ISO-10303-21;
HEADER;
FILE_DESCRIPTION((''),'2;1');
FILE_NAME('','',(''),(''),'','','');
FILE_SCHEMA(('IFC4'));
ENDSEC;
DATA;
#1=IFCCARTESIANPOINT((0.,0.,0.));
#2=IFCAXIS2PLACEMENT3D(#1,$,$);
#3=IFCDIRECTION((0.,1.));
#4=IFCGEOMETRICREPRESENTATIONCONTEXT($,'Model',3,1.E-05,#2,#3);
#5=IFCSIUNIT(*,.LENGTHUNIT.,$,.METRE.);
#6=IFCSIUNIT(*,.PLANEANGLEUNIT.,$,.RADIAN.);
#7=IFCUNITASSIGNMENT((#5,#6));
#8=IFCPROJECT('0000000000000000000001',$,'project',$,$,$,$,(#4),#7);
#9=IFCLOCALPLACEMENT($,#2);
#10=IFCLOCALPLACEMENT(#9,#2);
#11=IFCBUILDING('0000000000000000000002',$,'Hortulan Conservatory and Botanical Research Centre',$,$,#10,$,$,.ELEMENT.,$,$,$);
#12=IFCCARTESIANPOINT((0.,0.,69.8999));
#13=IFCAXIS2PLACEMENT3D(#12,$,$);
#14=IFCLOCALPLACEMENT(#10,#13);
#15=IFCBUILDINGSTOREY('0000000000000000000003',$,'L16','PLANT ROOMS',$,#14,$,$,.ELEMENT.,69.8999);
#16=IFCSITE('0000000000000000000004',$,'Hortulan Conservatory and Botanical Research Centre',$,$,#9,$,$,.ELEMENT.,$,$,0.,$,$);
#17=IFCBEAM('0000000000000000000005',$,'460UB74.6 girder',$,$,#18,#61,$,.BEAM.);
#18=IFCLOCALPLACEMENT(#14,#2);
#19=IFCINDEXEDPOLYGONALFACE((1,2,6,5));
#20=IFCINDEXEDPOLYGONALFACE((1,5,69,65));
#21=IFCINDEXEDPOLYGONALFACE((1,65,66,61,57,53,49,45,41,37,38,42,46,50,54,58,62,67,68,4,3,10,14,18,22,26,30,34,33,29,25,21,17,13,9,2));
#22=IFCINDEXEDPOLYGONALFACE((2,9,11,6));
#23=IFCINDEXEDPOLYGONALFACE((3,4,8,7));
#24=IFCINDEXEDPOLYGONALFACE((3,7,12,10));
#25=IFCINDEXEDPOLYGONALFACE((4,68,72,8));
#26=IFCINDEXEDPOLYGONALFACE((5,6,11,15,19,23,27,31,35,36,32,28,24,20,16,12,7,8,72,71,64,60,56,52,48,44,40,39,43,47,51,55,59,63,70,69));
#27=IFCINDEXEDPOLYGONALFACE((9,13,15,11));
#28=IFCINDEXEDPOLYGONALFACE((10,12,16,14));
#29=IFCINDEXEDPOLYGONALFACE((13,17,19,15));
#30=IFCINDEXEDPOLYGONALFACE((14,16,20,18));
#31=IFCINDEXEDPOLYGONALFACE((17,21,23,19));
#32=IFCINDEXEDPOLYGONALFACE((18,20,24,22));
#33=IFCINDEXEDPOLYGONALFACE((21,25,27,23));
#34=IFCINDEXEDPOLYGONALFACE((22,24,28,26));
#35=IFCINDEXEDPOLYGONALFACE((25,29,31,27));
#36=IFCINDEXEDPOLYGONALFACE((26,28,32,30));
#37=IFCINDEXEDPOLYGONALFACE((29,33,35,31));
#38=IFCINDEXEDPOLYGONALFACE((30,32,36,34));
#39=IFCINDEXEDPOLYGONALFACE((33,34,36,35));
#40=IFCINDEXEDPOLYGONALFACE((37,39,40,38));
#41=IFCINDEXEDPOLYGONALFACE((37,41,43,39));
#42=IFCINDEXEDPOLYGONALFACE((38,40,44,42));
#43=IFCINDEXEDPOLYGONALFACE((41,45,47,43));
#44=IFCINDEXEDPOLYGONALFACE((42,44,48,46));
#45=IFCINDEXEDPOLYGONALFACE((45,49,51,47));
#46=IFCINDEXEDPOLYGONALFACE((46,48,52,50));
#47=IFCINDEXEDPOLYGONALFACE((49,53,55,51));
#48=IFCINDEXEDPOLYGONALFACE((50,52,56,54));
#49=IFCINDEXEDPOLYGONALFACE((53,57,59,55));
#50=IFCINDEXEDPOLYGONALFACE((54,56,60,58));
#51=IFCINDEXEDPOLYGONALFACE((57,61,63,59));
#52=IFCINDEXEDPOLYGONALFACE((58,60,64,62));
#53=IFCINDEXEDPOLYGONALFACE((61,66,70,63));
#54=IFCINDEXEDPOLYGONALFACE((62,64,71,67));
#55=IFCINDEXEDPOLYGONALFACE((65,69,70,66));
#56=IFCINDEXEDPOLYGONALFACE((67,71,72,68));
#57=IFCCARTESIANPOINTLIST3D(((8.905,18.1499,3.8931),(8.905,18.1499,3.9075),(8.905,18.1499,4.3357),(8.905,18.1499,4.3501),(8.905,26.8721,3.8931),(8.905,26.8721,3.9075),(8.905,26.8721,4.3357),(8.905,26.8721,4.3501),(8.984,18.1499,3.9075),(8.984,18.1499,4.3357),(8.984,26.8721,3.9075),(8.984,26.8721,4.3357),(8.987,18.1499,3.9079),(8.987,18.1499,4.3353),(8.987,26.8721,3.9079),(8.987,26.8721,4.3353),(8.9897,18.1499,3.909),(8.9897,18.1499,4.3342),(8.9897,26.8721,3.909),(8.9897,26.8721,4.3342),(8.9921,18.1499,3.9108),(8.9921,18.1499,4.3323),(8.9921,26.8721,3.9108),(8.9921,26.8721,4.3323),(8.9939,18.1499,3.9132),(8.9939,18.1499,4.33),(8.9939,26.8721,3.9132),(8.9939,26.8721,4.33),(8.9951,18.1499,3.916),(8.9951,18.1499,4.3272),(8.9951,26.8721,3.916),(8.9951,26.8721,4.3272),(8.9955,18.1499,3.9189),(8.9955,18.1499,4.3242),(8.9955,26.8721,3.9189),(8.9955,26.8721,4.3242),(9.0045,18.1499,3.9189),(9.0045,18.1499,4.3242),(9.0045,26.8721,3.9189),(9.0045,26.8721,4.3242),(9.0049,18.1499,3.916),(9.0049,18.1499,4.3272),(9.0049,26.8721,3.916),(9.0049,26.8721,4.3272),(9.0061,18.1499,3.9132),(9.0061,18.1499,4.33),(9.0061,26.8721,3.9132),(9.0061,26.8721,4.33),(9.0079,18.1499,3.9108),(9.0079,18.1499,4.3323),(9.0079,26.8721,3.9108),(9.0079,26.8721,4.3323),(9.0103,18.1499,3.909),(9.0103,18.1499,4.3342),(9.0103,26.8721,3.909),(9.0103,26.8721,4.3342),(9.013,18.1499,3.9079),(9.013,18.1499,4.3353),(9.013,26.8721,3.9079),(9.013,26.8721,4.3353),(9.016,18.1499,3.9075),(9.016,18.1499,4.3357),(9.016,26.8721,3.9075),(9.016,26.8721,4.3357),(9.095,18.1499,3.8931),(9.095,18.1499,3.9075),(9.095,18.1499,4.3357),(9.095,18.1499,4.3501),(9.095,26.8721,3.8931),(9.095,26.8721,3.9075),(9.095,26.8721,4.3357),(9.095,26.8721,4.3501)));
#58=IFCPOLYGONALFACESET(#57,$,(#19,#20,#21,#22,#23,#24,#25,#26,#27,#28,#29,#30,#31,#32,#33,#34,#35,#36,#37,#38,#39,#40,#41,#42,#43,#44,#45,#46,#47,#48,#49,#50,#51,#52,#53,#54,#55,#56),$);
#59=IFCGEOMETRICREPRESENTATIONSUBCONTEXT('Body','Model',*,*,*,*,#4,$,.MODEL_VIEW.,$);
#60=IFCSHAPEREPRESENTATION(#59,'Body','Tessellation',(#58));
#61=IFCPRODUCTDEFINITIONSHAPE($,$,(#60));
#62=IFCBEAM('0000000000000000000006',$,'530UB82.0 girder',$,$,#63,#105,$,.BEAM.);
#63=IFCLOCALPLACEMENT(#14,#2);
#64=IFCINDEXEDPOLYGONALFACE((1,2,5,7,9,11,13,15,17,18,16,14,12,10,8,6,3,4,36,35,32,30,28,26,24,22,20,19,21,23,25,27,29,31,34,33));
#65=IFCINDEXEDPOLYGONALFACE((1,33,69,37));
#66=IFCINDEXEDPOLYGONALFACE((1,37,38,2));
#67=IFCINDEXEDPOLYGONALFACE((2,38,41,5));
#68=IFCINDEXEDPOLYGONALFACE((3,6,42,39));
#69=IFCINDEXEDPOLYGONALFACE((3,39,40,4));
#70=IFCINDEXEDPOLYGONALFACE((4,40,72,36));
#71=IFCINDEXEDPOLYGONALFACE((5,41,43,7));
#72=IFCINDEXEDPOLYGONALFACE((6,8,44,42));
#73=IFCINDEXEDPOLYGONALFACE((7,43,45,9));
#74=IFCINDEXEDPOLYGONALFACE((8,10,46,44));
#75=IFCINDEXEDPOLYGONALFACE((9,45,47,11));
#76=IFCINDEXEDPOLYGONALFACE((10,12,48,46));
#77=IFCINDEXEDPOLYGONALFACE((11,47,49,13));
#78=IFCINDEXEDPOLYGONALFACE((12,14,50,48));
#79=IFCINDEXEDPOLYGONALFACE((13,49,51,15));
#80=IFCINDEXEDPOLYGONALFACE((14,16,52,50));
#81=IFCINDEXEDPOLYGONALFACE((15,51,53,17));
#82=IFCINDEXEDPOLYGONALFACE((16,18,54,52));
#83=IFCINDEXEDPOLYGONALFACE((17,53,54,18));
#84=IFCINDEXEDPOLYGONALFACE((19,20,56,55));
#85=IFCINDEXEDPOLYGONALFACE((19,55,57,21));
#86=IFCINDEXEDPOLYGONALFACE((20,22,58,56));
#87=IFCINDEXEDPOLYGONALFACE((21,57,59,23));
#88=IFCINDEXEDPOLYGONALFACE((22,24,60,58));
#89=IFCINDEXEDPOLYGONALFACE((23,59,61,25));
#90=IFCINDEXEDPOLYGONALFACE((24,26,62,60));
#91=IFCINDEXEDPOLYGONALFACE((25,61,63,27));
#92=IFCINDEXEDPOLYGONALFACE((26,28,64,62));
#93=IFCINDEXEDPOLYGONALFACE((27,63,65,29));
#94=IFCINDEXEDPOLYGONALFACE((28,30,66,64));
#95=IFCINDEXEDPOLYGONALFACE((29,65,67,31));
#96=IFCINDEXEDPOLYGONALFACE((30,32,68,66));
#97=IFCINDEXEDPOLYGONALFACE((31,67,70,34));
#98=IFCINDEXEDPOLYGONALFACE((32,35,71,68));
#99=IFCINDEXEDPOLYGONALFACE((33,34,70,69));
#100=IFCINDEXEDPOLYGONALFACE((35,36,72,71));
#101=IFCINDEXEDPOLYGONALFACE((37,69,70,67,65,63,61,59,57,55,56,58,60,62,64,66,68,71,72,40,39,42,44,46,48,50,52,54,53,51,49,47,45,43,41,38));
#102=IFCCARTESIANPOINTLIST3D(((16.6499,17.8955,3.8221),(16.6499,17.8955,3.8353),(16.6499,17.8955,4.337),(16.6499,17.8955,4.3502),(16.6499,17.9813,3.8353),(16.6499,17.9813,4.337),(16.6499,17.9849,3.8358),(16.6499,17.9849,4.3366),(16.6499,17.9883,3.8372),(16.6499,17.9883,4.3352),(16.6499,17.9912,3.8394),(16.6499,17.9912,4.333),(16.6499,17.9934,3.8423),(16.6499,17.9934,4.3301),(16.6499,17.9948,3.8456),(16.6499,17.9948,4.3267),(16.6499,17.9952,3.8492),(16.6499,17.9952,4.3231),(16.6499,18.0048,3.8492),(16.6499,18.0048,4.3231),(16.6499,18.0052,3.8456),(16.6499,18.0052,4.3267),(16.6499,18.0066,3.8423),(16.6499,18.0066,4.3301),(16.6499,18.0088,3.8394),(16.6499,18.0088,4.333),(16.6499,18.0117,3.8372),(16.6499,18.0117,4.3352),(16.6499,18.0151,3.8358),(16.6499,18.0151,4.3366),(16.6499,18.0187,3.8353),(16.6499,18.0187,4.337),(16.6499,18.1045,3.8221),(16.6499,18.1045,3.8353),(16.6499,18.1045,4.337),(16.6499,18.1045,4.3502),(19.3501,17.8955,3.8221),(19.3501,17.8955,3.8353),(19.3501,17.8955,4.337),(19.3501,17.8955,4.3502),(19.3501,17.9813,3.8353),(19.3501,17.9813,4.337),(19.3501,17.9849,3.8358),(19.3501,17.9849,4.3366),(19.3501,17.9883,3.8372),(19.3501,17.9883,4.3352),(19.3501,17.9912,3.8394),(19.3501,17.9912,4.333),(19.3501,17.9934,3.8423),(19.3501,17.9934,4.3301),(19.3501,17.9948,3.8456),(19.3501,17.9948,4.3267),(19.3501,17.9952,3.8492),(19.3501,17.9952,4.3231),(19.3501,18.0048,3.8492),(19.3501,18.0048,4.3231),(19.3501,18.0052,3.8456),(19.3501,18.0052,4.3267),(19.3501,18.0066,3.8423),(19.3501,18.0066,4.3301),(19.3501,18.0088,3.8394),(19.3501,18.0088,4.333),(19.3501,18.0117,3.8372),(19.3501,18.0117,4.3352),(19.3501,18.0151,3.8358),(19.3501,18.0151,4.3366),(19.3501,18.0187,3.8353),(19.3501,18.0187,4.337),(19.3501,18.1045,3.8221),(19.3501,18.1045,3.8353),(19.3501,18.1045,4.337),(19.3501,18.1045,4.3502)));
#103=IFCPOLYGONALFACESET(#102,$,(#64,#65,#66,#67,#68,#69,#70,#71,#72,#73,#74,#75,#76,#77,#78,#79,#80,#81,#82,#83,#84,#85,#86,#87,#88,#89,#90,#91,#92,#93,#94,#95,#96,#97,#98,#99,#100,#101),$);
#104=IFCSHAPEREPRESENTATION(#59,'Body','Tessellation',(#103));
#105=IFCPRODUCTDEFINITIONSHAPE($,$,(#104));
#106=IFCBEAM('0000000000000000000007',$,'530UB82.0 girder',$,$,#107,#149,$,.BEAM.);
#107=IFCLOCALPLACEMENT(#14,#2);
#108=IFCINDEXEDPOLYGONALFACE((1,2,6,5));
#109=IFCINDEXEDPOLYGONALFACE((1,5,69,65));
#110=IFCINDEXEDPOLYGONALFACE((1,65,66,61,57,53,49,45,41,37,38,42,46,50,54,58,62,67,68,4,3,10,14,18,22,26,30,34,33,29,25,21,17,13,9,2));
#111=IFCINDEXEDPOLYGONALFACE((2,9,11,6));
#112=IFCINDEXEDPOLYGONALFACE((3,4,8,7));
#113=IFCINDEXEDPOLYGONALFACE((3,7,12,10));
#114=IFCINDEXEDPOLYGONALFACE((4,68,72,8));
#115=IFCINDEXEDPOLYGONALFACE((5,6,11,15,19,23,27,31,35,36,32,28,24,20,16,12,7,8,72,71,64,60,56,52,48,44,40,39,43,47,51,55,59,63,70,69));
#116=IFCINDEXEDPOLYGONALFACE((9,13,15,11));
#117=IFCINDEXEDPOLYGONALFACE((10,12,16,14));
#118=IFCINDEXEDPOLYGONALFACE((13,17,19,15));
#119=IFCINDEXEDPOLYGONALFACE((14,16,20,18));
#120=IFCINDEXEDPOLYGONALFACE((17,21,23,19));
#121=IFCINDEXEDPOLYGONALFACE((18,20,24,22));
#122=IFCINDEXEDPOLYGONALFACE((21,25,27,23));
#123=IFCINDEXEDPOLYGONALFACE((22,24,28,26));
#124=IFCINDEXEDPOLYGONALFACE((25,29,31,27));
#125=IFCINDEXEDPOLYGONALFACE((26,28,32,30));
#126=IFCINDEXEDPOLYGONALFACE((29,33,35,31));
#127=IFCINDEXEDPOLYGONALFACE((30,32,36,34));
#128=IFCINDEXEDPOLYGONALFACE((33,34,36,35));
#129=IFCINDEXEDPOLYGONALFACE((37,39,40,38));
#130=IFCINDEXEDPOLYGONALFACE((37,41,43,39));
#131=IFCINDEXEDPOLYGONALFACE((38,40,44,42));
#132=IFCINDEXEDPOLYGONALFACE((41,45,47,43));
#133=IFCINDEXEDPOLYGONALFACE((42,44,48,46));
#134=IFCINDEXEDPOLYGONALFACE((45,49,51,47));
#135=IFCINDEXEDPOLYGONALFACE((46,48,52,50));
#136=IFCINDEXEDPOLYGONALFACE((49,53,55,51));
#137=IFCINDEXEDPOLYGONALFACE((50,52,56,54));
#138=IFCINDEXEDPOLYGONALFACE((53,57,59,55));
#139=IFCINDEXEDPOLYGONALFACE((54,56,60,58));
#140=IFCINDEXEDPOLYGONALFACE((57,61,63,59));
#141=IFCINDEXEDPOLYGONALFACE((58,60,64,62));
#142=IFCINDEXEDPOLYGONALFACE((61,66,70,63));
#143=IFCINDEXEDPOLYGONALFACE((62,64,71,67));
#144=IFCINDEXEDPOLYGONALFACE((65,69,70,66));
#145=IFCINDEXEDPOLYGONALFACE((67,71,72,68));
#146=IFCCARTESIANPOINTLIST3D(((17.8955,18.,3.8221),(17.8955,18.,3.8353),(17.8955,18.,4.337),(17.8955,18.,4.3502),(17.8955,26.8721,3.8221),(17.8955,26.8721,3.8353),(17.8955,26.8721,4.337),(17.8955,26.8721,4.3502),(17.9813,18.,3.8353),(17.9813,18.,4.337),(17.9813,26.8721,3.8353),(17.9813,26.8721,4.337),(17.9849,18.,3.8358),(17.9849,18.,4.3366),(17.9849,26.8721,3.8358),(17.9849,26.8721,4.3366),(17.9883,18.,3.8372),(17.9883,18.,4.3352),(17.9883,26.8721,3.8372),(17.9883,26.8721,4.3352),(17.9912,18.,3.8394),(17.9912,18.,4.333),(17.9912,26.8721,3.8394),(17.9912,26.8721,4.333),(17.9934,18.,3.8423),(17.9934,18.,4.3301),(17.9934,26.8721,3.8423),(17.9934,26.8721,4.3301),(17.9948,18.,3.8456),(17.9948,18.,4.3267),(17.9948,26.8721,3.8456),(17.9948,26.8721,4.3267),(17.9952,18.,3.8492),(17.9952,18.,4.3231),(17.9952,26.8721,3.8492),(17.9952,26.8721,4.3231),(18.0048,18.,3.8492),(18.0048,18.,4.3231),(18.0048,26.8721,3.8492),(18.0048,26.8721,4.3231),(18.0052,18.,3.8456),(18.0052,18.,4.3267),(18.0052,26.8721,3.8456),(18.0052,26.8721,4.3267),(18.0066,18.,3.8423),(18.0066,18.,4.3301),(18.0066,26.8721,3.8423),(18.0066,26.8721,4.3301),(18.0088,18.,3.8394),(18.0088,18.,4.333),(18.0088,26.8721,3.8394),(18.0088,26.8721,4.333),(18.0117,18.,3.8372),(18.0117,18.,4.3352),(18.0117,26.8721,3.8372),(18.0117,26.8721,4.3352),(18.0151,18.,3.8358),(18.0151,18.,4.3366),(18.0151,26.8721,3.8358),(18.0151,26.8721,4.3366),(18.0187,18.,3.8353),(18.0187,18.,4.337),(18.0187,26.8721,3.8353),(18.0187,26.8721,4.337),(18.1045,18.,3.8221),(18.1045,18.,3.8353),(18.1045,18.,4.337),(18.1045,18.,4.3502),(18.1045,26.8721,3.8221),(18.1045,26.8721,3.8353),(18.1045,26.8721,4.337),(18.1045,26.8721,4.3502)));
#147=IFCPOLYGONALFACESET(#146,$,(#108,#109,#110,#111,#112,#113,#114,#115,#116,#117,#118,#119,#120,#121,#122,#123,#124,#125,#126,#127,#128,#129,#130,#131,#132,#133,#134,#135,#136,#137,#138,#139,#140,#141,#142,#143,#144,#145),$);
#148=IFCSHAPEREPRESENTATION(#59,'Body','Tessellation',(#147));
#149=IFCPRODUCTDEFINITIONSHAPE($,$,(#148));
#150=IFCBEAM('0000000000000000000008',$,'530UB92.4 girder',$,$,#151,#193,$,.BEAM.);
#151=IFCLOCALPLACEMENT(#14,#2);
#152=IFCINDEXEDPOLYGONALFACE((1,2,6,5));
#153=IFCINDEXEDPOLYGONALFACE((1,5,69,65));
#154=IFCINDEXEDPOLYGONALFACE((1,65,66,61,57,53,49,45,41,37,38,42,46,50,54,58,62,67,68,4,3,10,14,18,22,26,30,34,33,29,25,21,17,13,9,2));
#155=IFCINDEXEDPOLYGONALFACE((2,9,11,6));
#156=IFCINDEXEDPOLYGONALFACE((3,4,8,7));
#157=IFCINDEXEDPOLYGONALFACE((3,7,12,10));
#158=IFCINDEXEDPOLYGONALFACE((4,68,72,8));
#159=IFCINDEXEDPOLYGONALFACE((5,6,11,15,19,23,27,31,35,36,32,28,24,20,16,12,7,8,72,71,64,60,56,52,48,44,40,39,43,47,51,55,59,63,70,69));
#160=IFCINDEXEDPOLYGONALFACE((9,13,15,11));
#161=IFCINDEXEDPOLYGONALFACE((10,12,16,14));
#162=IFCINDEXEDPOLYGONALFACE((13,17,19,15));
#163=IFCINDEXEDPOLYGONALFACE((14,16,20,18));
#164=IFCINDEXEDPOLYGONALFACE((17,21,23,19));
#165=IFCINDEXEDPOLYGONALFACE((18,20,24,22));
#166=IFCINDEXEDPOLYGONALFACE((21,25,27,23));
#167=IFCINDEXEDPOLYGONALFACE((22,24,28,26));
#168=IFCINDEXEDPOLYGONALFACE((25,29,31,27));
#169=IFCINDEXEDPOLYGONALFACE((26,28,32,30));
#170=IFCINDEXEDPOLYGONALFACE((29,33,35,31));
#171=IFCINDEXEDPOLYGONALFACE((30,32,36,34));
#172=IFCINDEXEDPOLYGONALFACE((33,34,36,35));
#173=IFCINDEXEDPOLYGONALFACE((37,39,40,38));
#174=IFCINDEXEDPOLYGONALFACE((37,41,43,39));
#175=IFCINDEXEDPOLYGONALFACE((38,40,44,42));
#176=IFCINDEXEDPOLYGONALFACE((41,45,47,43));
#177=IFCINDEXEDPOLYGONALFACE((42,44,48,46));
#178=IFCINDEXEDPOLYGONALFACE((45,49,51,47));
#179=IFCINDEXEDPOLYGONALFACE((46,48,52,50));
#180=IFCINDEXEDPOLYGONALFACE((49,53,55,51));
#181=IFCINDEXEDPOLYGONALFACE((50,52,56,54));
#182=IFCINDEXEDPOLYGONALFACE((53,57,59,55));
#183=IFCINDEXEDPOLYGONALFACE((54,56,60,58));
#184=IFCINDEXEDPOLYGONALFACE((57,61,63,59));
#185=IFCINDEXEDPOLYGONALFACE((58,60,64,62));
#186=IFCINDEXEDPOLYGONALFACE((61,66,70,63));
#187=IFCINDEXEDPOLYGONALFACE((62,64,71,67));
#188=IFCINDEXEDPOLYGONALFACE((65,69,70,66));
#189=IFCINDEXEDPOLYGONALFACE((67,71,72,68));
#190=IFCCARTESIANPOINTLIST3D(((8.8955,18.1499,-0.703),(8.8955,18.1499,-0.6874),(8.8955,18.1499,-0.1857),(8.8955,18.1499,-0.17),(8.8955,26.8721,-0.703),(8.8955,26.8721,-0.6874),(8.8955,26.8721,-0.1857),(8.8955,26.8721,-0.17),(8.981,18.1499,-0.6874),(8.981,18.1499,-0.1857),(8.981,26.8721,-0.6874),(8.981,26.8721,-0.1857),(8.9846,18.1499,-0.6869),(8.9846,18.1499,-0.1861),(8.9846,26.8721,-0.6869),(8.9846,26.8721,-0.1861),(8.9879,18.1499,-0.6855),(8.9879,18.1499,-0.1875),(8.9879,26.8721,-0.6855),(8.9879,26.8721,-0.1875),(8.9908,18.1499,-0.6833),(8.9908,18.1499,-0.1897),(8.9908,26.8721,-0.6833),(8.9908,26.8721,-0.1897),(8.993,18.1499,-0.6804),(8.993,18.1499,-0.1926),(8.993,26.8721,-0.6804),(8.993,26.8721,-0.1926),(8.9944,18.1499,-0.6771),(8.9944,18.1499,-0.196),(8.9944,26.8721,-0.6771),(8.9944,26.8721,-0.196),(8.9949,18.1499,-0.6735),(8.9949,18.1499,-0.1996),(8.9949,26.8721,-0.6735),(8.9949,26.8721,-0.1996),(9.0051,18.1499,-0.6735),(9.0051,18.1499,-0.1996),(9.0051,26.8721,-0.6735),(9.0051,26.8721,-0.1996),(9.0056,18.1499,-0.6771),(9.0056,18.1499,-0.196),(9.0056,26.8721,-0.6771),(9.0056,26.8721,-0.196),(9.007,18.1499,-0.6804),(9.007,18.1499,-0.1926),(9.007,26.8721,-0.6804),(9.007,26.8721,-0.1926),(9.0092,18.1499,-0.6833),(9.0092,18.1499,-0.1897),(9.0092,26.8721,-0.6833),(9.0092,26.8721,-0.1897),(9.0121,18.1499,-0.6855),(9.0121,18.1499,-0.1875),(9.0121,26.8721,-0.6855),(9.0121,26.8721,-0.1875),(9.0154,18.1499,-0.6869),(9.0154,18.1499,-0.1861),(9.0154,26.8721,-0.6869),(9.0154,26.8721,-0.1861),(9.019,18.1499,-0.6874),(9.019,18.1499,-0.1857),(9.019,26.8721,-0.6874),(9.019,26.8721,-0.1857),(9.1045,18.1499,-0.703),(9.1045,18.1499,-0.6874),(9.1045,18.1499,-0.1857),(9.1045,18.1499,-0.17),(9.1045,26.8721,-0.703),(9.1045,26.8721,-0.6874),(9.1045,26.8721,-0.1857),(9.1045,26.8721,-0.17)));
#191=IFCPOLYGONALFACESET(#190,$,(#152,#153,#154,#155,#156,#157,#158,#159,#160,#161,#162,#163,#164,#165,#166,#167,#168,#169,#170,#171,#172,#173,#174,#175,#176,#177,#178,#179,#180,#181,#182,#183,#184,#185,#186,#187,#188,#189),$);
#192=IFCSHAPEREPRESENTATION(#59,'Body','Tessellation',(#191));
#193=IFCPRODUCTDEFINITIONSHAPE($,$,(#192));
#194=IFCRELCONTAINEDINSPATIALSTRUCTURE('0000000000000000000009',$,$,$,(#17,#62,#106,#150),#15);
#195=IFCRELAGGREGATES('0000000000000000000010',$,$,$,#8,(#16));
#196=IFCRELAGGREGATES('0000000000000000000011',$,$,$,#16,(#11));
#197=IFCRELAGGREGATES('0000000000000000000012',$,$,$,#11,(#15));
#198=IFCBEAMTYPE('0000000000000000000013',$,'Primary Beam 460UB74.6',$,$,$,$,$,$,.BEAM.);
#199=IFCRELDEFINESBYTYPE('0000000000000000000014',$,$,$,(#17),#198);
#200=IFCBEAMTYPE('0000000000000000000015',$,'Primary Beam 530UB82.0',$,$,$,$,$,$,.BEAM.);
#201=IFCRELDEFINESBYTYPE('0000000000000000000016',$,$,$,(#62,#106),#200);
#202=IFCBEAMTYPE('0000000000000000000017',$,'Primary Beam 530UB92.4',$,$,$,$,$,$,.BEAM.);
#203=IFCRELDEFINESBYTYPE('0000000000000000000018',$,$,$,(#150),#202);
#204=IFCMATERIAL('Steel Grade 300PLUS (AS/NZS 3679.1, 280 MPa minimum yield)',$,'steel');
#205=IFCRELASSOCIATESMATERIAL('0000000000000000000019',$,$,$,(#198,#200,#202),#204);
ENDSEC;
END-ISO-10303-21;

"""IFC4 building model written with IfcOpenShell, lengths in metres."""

from ifc_helpers import new_model, si_unit, direction, frame, origin, origin_2d, place, context, subcontext, project, spatial, i_section, extrude, material, material_profile, profile_set, type_object, element, save


model = new_model("IFC4")

# Units and contexts
model_context = context("Model", 3, precision=1e-05, world=origin(), true_north=direction((0.0, 1.0)))
body_context = subcontext(model_context, "Body", "Model", "MODEL_VIEW")
ifc_project = project(units=[si_unit("LENGTHUNIT", "METRE"), si_unit("PLANEANGLEUNIT", "RADIAN")], contexts=[model_context])

# Site, building, storey
site_placement = place(None, origin())
site = spatial("IfcSite", under=ifc_project, at=site_placement, Name="Hortulan Conservatory and Botanical Research Centre", CompositionType="ELEMENT", RefElevation=0.0)
building_placement = place(site_placement, origin())
building = spatial("IfcBuilding", under=site, at=building_placement, Name="Hortulan Conservatory and Botanical Research Centre", CompositionType="ELEMENT")
storey_placement = place(building_placement, frame((0.0, 0.0, 69.8999)))
storey = spatial("IfcBuildingStorey", under=building, at=storey_placement, Name="L16", Description="PLANT ROOMS", CompositionType="ELEMENT", Elevation=69.8999)

# Beams
ifc_material_1 = material(Name="Steel Grade 300PLUS (AS/NZS 3679.1, 280 MPa minimum yield)", Category="steel")
ifc_material_profile_1 = material_profile(ifc_material_1, i_section(OverallWidth=0.1899, OverallDepth=0.457, WebThickness=0.009, FlangeThickness=0.0144, FilletRadius=0.0115, at=origin_2d()), Name="460UB74.6")
ifc_profile_set_1 = profile_set([ifc_material_profile_1], Name="Steel Grade 300PLUS (AS/NZS 3679.1, 280 MPa minimum yield)")
beam_type_1 = type_object("IfcBeamType", Name="Primary Beam 460UB74.6", PredefinedType="BEAM", material=ifc_profile_set_1)
beam_1_placement = place(storey_placement, frame((9.0, 18.1499, 4.1216), z_axis=(0.0, 1.0, 0.0), x_axis=(-1.0, 0.0, 0.0)))
element("IfcBeam", 1, at=beam_1_placement, inside=storey, type_object=beam_type_1, Name="460UB74.6 girder", PredefinedType="BEAM", context=body_context, shape_type="SweptSolid", body=[
    extrude(i_section(OverallWidth=0.1899, OverallDepth=0.457, WebThickness=0.009, FlangeThickness=0.0144, FilletRadius=0.0115, at=origin_2d()), origin(), (0.0, 0.0, 1.0), 8.7222),
])
ifc_material_profile_2 = material_profile(ifc_material_1, i_section(OverallWidth=0.209, OverallDepth=0.5281, WebThickness=0.0095, FlangeThickness=0.0132, FilletRadius=0.0139, at=origin_2d()), Name="530UB82.0")
ifc_profile_set_2 = profile_set([ifc_material_profile_2], Name="Steel Grade 300PLUS (AS/NZS 3679.1, 280 MPa minimum yield)")
beam_type_2 = type_object("IfcBeamType", Name="Primary Beam 530UB82.0", PredefinedType="BEAM", material=ifc_profile_set_2)
beam_2_placement = place(storey_placement, frame((16.6499, 18.0, 4.0862), z_axis=(1.0, 0.0, 0.0), x_axis=(0.0, 1.0, 0.0)))
element("IfcBeam", 2, at=beam_2_placement, inside=storey, type_object=beam_type_2, Name="530UB82.0 girder", PredefinedType="BEAM", context=body_context, shape_type="SweptSolid", body=[
    extrude(i_section(OverallWidth=0.209, OverallDepth=0.5281, WebThickness=0.0095, FlangeThickness=0.0132, FilletRadius=0.0139, at=origin_2d()), origin(), (0.0, 0.0, 1.0), 2.7002),
])
beam_3_placement = place(storey_placement, frame((18.0, 18.0, 4.0862), z_axis=(0.0, 1.0, 0.0), x_axis=(-1.0, 0.0, 0.0)))
element("IfcBeam", 3, at=beam_3_placement, inside=storey, type_object=beam_type_2, Name="530UB82.0 girder", PredefinedType="BEAM", context=body_context, shape_type="SweptSolid", body=[
    extrude(i_section(OverallWidth=0.209, OverallDepth=0.5281, WebThickness=0.0095, FlangeThickness=0.0132, FilletRadius=0.0139, at=origin_2d()), origin(), (0.0, 0.0, 1.0), 8.8721),
])
ifc_material_profile_3 = material_profile(ifc_material_1, i_section(OverallWidth=0.209, OverallDepth=0.533, WebThickness=0.0103, FlangeThickness=0.0156, FilletRadius=0.0139, at=origin_2d()), Name="530UB92.4")
ifc_profile_set_3 = profile_set([ifc_material_profile_3], Name="Steel Grade 300PLUS (AS/NZS 3679.1, 280 MPa minimum yield)")
beam_type_3 = type_object("IfcBeamType", Name="Primary Beam 530UB92.4", PredefinedType="BEAM", material=ifc_profile_set_3)
beam_4_placement = place(storey_placement, frame((9.0, 18.1499, -0.4365), z_axis=(0.0, 1.0, 0.0), x_axis=(-1.0, 0.0, 0.0)))
element("IfcBeam", 4, at=beam_4_placement, inside=storey, type_object=beam_type_3, Name="530UB92.4 girder", PredefinedType="BEAM", context=body_context, shape_type="SweptSolid", body=[
    extrude(i_section(OverallWidth=0.209, OverallDepth=0.533, WebThickness=0.0103, FlangeThickness=0.0156, FilletRadius=0.0139, at=origin_2d()), origin(), (0.0, 0.0, 1.0), 8.7222),
])

save(model, "model.ifc")
